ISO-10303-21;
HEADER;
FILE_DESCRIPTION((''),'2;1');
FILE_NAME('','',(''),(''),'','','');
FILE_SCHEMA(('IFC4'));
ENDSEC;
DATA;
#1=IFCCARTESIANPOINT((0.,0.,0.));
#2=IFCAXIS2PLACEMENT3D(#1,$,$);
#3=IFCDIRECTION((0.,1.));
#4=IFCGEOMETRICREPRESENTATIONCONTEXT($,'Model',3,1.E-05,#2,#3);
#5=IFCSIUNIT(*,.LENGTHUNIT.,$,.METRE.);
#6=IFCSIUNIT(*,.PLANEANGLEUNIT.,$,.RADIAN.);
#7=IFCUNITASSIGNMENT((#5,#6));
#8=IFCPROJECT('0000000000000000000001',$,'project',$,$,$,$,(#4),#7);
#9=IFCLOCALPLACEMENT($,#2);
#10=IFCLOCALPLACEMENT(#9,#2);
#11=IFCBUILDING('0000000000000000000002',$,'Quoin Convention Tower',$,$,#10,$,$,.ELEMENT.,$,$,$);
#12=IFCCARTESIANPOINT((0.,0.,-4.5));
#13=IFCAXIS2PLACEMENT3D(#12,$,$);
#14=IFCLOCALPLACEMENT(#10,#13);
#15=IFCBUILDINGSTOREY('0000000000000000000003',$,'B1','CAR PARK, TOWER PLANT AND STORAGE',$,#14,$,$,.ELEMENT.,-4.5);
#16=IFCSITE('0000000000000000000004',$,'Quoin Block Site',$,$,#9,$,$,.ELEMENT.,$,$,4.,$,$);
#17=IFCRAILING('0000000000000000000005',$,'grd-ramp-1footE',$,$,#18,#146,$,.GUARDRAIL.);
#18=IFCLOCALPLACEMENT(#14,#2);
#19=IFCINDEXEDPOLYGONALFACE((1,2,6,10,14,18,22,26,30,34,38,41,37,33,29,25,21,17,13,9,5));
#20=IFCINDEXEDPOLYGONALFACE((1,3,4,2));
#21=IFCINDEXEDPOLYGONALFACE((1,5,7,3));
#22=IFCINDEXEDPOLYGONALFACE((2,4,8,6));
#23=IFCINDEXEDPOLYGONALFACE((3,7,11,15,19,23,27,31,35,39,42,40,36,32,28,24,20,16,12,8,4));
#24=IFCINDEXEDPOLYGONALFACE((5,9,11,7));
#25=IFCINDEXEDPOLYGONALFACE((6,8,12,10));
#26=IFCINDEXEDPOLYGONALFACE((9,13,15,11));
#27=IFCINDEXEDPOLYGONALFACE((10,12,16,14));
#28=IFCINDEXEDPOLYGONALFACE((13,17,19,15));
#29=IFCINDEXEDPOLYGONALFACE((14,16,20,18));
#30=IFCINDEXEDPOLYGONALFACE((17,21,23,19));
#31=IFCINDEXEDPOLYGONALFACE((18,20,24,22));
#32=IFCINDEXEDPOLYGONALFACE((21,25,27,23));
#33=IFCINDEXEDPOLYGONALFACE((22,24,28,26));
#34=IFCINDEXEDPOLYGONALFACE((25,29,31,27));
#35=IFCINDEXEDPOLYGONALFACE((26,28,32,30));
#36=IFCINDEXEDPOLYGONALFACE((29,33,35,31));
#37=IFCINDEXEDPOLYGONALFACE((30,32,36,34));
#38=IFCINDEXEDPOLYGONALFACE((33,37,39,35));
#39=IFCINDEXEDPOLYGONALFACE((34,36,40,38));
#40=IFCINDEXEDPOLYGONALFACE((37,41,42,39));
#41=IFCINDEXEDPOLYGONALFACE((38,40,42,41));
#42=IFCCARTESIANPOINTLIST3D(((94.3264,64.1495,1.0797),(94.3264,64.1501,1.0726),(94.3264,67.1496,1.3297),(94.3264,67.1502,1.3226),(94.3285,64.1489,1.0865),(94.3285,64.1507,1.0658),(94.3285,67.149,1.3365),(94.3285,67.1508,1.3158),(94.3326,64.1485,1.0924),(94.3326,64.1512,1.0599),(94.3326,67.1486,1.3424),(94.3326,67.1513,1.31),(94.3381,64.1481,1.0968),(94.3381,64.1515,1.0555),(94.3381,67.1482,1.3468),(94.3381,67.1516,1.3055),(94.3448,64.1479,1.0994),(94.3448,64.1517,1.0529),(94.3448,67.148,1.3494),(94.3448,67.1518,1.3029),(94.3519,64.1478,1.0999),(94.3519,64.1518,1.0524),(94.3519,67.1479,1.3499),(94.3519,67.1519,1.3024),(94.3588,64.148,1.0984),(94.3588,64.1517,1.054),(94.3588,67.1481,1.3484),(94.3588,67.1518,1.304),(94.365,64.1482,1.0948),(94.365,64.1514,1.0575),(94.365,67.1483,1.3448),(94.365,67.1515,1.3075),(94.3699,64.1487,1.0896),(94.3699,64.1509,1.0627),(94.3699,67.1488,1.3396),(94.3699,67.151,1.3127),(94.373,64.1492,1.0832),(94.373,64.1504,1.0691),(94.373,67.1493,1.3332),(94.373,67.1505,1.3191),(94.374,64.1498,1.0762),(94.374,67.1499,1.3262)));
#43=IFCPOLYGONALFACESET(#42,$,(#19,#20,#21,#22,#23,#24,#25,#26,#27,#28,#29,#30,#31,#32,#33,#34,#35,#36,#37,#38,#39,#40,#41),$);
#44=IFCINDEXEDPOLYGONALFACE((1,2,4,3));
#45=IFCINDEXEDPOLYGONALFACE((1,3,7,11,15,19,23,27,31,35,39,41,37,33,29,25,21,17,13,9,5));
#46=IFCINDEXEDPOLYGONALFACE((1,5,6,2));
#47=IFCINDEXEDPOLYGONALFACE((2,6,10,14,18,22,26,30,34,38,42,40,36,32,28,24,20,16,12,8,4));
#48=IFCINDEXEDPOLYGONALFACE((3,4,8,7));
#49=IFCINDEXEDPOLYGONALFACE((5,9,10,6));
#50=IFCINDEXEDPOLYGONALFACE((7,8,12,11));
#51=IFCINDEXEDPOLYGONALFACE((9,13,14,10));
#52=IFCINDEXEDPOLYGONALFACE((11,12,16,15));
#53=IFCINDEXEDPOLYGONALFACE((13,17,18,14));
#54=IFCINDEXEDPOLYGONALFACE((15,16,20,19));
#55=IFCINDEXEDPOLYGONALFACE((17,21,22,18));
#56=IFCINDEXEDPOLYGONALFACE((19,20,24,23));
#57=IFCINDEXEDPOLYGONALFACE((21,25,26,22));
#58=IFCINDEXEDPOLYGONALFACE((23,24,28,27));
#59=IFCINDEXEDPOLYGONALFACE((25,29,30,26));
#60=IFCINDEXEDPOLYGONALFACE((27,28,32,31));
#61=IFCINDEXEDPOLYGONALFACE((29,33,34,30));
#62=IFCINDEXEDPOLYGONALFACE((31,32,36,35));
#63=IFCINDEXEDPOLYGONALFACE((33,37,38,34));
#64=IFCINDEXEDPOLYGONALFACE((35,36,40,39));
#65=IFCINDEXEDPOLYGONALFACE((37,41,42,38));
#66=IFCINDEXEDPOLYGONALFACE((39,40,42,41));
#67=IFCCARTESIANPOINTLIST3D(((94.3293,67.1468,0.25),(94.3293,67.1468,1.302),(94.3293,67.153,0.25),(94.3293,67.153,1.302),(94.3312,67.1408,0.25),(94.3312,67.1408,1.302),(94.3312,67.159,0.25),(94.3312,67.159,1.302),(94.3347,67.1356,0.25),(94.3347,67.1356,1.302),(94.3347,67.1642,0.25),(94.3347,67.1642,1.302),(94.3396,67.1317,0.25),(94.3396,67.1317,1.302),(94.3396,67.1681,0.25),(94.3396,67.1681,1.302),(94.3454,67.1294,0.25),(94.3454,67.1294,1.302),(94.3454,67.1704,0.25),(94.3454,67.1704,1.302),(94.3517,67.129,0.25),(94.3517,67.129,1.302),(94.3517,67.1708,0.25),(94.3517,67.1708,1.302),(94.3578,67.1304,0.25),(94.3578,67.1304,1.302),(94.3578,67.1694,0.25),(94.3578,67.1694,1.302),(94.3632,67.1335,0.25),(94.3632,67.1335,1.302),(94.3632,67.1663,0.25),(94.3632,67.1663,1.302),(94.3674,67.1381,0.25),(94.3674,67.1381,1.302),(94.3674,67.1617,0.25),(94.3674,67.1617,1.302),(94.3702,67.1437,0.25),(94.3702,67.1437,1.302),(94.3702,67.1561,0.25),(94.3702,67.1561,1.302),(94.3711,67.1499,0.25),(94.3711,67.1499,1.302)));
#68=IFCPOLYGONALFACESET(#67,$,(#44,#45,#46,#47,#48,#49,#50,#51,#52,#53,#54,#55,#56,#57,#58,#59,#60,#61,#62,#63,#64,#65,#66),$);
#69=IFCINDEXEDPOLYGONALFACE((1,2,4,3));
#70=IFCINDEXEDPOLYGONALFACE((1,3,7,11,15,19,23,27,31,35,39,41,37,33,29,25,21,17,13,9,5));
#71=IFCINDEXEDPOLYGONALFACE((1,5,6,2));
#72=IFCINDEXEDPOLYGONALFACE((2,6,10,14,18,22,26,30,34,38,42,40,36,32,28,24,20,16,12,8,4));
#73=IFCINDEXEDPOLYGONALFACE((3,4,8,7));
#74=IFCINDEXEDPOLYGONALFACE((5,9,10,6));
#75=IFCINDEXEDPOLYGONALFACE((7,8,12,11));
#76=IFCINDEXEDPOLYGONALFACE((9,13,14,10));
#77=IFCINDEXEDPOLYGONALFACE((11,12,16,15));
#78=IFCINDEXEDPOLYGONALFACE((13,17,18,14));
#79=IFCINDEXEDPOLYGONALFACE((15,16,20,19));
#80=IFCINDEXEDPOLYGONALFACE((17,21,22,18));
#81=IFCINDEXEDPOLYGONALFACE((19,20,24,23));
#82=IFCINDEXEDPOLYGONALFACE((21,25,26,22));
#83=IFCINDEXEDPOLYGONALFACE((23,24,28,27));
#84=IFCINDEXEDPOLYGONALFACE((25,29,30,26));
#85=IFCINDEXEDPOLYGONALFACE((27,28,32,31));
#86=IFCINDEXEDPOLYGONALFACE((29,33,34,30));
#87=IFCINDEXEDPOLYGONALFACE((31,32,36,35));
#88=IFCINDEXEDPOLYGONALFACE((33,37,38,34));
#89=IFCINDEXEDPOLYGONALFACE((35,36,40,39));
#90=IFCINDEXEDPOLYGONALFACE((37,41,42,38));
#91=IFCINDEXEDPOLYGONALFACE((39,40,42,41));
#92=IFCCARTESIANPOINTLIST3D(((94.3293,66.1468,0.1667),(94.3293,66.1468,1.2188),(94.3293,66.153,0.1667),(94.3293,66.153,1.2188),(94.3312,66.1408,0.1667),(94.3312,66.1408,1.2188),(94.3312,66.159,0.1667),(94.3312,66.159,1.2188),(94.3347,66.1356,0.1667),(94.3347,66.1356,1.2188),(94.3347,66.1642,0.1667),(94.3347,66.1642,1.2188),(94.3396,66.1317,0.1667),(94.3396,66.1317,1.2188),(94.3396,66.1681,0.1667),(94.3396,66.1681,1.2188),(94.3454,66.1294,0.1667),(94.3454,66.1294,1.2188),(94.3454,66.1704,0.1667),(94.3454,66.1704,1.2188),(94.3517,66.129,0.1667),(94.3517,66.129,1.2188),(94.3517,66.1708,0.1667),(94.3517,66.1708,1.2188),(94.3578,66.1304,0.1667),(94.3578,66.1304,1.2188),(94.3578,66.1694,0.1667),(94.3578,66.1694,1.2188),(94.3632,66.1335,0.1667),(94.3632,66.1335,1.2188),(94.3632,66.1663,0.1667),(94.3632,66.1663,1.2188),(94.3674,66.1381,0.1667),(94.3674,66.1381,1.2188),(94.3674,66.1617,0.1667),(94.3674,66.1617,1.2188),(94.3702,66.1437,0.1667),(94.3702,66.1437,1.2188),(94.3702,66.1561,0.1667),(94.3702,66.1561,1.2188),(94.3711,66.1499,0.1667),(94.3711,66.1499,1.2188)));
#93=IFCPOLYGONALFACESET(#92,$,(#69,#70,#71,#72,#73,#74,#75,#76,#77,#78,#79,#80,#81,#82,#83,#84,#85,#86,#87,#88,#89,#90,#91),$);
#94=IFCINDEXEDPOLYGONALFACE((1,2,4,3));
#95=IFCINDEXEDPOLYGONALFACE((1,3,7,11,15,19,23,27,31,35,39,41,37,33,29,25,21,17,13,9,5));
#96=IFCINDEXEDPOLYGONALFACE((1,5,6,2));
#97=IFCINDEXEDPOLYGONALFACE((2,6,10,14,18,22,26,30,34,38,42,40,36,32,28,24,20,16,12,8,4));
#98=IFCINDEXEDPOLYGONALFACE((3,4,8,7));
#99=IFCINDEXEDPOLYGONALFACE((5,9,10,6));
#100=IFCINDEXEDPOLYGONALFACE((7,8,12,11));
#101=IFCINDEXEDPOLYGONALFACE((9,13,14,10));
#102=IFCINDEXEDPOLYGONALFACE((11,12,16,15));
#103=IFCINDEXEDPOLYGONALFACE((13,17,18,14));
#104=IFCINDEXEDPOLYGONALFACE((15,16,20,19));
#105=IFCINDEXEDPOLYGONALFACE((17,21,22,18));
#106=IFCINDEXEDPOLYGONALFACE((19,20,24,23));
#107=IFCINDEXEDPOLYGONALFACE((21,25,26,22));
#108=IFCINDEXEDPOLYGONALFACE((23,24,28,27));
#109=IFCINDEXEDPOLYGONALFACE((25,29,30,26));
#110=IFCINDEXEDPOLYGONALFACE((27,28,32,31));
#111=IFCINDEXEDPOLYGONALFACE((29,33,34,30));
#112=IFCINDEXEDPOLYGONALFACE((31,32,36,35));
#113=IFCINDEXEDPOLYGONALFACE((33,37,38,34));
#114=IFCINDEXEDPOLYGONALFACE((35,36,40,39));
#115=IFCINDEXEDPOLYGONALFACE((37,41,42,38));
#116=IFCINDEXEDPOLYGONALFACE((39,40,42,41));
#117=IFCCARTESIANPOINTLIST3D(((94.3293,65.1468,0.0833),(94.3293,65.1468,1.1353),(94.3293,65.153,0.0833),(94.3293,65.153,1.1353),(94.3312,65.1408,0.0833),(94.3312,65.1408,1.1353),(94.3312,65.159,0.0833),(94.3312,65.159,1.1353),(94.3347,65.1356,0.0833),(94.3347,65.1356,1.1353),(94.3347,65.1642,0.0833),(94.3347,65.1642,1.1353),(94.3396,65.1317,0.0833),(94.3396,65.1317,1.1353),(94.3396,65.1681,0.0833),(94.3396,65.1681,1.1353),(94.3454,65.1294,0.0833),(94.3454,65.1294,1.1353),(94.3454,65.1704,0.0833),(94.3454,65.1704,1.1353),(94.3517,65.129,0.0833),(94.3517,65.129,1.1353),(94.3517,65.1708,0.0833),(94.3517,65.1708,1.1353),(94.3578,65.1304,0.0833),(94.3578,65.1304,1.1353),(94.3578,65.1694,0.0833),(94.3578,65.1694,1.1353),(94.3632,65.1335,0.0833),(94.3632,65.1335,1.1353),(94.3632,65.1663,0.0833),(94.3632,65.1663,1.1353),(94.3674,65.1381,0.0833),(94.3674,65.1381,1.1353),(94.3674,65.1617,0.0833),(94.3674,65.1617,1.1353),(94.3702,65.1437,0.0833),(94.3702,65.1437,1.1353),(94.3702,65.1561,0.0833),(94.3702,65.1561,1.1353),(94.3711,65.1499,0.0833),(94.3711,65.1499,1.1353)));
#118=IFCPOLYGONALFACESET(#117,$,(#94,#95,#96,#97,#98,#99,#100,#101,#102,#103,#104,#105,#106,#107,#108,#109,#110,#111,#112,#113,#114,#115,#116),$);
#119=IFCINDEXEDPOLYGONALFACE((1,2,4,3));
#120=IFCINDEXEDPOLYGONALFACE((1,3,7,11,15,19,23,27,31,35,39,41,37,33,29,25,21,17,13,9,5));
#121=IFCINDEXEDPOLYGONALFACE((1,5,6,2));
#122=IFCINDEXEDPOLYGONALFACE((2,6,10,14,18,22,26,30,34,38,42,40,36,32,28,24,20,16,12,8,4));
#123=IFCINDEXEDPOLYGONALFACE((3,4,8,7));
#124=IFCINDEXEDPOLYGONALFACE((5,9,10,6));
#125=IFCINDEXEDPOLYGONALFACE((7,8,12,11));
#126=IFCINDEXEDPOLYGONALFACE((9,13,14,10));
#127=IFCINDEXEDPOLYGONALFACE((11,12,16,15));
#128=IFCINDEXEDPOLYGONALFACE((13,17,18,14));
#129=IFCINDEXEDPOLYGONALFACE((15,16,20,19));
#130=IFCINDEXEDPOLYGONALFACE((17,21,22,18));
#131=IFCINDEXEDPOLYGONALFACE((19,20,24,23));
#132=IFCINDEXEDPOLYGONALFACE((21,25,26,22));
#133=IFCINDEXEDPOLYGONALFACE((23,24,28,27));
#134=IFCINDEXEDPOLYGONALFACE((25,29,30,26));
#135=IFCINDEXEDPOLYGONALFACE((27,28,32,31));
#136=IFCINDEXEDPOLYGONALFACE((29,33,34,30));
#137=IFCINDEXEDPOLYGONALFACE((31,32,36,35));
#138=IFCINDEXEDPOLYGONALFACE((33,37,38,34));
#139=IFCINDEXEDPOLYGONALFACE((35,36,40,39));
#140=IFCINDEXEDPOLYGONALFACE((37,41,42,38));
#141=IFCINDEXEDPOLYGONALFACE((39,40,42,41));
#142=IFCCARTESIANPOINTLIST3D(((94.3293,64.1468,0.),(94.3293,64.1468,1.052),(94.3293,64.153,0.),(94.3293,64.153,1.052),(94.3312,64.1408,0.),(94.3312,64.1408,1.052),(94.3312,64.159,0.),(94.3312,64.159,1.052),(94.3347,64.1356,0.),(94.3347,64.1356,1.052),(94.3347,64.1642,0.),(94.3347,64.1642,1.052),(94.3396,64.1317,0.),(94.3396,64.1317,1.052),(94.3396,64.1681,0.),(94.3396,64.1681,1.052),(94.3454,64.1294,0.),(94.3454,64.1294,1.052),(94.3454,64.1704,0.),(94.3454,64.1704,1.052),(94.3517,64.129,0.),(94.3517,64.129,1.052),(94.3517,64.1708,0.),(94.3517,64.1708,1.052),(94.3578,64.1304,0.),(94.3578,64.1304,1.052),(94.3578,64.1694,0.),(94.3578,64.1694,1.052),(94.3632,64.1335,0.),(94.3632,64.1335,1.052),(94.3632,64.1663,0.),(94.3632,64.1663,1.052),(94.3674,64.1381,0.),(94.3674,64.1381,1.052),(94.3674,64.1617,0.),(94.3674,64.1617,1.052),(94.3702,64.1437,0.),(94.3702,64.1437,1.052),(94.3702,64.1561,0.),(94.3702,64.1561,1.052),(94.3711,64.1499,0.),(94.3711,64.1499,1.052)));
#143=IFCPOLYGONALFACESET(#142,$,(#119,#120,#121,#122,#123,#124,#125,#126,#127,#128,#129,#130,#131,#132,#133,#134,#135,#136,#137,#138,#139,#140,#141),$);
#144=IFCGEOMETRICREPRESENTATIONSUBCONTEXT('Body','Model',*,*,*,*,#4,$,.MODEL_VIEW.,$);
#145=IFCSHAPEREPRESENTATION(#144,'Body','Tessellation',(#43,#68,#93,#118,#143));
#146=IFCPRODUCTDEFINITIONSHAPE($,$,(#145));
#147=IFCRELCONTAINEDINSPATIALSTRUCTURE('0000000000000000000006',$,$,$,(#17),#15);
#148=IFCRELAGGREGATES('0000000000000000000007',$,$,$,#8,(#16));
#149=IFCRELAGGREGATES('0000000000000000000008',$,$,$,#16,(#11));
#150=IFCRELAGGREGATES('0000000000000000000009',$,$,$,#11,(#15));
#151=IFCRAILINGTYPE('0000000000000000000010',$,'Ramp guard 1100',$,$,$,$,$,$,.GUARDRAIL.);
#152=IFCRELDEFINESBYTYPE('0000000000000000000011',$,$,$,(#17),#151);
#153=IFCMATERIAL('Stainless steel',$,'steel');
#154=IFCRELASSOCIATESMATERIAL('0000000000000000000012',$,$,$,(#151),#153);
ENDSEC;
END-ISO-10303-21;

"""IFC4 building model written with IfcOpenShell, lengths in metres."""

from ifc_helpers import new_model, si_unit, direction, frame, origin, origin_2d, place, context, subcontext, project, spatial, circle, extrude, material, type_object, element, save


model = new_model("IFC4")

# Units and contexts
model_context = context("Model", 3, precision=1e-05, world=origin(), true_north=direction((0.0, 1.0)))
body_context = subcontext(model_context, "Body", "Model", "MODEL_VIEW")
ifc_project = project(units=[si_unit("LENGTHUNIT", "METRE"), si_unit("PLANEANGLEUNIT", "RADIAN")], contexts=[model_context])

# Site, building, storey
site_placement = place(None, origin())
site = spatial("IfcSite", under=ifc_project, at=site_placement, Name="Quoin Block Site", CompositionType="ELEMENT", RefElevation=4.0)
building_placement = place(site_placement, origin())
building = spatial("IfcBuilding", under=site, at=building_placement, Name="Quoin Convention Tower", CompositionType="ELEMENT")
storey_placement = place(building_placement, frame((0.0, 0.0, -4.5)))
storey = spatial("IfcBuildingStorey", under=building, at=storey_placement, Name="B1", Description="CAR PARK, TOWER PLANT AND STORAGE", CompositionType="ELEMENT", Elevation=-4.5)

# Railing
ifc_material_1 = material(Name="Stainless steel", Category="steel")
railing_type_1 = type_object("IfcRailingType", Name="Ramp guard 1100", PredefinedType="GUARDRAIL", material=ifc_material_1)
for number, where, name in (
    (1, (94.3501, 67.1499, 0.25), "grd-ramp-1footE"),
):
    element("IfcRailing", number, at=place(storey_placement, frame(where)), inside=storey, type_object=railing_type_1, Name=name, PredefinedType="GUARDRAIL", context=body_context, shape_type="SweptSolid", body=[
        extrude(circle(Radius=0.0239, at=origin_2d()), frame((0.0, 0.0, 1.0762), z_axis=(0.0, -0.996546, -0.083045), x_axis=(1.0, 0.0, 0.0)), (0.0, 0.0, 1.0), 3.0105),
        extrude(circle(Radius=0.021, at=origin_2d()), origin(), (0.0, 0.0, 1.0), 1.052),
        extrude(circle(Radius=0.021, at=origin_2d()), frame((0.0, -1.0, -0.0833)), (0.0, 0.0, 1.0), 1.052),
        extrude(circle(Radius=0.021, at=origin_2d()), frame((0.0, -2.0, -0.1667)), (0.0, 0.0, 1.0), 1.052),
        extrude(circle(Radius=0.021, at=origin_2d()), frame((0.0, -3.0, -0.25)), (0.0, 0.0, 1.0), 1.052),
    ])

save(model, "model.ifc")
